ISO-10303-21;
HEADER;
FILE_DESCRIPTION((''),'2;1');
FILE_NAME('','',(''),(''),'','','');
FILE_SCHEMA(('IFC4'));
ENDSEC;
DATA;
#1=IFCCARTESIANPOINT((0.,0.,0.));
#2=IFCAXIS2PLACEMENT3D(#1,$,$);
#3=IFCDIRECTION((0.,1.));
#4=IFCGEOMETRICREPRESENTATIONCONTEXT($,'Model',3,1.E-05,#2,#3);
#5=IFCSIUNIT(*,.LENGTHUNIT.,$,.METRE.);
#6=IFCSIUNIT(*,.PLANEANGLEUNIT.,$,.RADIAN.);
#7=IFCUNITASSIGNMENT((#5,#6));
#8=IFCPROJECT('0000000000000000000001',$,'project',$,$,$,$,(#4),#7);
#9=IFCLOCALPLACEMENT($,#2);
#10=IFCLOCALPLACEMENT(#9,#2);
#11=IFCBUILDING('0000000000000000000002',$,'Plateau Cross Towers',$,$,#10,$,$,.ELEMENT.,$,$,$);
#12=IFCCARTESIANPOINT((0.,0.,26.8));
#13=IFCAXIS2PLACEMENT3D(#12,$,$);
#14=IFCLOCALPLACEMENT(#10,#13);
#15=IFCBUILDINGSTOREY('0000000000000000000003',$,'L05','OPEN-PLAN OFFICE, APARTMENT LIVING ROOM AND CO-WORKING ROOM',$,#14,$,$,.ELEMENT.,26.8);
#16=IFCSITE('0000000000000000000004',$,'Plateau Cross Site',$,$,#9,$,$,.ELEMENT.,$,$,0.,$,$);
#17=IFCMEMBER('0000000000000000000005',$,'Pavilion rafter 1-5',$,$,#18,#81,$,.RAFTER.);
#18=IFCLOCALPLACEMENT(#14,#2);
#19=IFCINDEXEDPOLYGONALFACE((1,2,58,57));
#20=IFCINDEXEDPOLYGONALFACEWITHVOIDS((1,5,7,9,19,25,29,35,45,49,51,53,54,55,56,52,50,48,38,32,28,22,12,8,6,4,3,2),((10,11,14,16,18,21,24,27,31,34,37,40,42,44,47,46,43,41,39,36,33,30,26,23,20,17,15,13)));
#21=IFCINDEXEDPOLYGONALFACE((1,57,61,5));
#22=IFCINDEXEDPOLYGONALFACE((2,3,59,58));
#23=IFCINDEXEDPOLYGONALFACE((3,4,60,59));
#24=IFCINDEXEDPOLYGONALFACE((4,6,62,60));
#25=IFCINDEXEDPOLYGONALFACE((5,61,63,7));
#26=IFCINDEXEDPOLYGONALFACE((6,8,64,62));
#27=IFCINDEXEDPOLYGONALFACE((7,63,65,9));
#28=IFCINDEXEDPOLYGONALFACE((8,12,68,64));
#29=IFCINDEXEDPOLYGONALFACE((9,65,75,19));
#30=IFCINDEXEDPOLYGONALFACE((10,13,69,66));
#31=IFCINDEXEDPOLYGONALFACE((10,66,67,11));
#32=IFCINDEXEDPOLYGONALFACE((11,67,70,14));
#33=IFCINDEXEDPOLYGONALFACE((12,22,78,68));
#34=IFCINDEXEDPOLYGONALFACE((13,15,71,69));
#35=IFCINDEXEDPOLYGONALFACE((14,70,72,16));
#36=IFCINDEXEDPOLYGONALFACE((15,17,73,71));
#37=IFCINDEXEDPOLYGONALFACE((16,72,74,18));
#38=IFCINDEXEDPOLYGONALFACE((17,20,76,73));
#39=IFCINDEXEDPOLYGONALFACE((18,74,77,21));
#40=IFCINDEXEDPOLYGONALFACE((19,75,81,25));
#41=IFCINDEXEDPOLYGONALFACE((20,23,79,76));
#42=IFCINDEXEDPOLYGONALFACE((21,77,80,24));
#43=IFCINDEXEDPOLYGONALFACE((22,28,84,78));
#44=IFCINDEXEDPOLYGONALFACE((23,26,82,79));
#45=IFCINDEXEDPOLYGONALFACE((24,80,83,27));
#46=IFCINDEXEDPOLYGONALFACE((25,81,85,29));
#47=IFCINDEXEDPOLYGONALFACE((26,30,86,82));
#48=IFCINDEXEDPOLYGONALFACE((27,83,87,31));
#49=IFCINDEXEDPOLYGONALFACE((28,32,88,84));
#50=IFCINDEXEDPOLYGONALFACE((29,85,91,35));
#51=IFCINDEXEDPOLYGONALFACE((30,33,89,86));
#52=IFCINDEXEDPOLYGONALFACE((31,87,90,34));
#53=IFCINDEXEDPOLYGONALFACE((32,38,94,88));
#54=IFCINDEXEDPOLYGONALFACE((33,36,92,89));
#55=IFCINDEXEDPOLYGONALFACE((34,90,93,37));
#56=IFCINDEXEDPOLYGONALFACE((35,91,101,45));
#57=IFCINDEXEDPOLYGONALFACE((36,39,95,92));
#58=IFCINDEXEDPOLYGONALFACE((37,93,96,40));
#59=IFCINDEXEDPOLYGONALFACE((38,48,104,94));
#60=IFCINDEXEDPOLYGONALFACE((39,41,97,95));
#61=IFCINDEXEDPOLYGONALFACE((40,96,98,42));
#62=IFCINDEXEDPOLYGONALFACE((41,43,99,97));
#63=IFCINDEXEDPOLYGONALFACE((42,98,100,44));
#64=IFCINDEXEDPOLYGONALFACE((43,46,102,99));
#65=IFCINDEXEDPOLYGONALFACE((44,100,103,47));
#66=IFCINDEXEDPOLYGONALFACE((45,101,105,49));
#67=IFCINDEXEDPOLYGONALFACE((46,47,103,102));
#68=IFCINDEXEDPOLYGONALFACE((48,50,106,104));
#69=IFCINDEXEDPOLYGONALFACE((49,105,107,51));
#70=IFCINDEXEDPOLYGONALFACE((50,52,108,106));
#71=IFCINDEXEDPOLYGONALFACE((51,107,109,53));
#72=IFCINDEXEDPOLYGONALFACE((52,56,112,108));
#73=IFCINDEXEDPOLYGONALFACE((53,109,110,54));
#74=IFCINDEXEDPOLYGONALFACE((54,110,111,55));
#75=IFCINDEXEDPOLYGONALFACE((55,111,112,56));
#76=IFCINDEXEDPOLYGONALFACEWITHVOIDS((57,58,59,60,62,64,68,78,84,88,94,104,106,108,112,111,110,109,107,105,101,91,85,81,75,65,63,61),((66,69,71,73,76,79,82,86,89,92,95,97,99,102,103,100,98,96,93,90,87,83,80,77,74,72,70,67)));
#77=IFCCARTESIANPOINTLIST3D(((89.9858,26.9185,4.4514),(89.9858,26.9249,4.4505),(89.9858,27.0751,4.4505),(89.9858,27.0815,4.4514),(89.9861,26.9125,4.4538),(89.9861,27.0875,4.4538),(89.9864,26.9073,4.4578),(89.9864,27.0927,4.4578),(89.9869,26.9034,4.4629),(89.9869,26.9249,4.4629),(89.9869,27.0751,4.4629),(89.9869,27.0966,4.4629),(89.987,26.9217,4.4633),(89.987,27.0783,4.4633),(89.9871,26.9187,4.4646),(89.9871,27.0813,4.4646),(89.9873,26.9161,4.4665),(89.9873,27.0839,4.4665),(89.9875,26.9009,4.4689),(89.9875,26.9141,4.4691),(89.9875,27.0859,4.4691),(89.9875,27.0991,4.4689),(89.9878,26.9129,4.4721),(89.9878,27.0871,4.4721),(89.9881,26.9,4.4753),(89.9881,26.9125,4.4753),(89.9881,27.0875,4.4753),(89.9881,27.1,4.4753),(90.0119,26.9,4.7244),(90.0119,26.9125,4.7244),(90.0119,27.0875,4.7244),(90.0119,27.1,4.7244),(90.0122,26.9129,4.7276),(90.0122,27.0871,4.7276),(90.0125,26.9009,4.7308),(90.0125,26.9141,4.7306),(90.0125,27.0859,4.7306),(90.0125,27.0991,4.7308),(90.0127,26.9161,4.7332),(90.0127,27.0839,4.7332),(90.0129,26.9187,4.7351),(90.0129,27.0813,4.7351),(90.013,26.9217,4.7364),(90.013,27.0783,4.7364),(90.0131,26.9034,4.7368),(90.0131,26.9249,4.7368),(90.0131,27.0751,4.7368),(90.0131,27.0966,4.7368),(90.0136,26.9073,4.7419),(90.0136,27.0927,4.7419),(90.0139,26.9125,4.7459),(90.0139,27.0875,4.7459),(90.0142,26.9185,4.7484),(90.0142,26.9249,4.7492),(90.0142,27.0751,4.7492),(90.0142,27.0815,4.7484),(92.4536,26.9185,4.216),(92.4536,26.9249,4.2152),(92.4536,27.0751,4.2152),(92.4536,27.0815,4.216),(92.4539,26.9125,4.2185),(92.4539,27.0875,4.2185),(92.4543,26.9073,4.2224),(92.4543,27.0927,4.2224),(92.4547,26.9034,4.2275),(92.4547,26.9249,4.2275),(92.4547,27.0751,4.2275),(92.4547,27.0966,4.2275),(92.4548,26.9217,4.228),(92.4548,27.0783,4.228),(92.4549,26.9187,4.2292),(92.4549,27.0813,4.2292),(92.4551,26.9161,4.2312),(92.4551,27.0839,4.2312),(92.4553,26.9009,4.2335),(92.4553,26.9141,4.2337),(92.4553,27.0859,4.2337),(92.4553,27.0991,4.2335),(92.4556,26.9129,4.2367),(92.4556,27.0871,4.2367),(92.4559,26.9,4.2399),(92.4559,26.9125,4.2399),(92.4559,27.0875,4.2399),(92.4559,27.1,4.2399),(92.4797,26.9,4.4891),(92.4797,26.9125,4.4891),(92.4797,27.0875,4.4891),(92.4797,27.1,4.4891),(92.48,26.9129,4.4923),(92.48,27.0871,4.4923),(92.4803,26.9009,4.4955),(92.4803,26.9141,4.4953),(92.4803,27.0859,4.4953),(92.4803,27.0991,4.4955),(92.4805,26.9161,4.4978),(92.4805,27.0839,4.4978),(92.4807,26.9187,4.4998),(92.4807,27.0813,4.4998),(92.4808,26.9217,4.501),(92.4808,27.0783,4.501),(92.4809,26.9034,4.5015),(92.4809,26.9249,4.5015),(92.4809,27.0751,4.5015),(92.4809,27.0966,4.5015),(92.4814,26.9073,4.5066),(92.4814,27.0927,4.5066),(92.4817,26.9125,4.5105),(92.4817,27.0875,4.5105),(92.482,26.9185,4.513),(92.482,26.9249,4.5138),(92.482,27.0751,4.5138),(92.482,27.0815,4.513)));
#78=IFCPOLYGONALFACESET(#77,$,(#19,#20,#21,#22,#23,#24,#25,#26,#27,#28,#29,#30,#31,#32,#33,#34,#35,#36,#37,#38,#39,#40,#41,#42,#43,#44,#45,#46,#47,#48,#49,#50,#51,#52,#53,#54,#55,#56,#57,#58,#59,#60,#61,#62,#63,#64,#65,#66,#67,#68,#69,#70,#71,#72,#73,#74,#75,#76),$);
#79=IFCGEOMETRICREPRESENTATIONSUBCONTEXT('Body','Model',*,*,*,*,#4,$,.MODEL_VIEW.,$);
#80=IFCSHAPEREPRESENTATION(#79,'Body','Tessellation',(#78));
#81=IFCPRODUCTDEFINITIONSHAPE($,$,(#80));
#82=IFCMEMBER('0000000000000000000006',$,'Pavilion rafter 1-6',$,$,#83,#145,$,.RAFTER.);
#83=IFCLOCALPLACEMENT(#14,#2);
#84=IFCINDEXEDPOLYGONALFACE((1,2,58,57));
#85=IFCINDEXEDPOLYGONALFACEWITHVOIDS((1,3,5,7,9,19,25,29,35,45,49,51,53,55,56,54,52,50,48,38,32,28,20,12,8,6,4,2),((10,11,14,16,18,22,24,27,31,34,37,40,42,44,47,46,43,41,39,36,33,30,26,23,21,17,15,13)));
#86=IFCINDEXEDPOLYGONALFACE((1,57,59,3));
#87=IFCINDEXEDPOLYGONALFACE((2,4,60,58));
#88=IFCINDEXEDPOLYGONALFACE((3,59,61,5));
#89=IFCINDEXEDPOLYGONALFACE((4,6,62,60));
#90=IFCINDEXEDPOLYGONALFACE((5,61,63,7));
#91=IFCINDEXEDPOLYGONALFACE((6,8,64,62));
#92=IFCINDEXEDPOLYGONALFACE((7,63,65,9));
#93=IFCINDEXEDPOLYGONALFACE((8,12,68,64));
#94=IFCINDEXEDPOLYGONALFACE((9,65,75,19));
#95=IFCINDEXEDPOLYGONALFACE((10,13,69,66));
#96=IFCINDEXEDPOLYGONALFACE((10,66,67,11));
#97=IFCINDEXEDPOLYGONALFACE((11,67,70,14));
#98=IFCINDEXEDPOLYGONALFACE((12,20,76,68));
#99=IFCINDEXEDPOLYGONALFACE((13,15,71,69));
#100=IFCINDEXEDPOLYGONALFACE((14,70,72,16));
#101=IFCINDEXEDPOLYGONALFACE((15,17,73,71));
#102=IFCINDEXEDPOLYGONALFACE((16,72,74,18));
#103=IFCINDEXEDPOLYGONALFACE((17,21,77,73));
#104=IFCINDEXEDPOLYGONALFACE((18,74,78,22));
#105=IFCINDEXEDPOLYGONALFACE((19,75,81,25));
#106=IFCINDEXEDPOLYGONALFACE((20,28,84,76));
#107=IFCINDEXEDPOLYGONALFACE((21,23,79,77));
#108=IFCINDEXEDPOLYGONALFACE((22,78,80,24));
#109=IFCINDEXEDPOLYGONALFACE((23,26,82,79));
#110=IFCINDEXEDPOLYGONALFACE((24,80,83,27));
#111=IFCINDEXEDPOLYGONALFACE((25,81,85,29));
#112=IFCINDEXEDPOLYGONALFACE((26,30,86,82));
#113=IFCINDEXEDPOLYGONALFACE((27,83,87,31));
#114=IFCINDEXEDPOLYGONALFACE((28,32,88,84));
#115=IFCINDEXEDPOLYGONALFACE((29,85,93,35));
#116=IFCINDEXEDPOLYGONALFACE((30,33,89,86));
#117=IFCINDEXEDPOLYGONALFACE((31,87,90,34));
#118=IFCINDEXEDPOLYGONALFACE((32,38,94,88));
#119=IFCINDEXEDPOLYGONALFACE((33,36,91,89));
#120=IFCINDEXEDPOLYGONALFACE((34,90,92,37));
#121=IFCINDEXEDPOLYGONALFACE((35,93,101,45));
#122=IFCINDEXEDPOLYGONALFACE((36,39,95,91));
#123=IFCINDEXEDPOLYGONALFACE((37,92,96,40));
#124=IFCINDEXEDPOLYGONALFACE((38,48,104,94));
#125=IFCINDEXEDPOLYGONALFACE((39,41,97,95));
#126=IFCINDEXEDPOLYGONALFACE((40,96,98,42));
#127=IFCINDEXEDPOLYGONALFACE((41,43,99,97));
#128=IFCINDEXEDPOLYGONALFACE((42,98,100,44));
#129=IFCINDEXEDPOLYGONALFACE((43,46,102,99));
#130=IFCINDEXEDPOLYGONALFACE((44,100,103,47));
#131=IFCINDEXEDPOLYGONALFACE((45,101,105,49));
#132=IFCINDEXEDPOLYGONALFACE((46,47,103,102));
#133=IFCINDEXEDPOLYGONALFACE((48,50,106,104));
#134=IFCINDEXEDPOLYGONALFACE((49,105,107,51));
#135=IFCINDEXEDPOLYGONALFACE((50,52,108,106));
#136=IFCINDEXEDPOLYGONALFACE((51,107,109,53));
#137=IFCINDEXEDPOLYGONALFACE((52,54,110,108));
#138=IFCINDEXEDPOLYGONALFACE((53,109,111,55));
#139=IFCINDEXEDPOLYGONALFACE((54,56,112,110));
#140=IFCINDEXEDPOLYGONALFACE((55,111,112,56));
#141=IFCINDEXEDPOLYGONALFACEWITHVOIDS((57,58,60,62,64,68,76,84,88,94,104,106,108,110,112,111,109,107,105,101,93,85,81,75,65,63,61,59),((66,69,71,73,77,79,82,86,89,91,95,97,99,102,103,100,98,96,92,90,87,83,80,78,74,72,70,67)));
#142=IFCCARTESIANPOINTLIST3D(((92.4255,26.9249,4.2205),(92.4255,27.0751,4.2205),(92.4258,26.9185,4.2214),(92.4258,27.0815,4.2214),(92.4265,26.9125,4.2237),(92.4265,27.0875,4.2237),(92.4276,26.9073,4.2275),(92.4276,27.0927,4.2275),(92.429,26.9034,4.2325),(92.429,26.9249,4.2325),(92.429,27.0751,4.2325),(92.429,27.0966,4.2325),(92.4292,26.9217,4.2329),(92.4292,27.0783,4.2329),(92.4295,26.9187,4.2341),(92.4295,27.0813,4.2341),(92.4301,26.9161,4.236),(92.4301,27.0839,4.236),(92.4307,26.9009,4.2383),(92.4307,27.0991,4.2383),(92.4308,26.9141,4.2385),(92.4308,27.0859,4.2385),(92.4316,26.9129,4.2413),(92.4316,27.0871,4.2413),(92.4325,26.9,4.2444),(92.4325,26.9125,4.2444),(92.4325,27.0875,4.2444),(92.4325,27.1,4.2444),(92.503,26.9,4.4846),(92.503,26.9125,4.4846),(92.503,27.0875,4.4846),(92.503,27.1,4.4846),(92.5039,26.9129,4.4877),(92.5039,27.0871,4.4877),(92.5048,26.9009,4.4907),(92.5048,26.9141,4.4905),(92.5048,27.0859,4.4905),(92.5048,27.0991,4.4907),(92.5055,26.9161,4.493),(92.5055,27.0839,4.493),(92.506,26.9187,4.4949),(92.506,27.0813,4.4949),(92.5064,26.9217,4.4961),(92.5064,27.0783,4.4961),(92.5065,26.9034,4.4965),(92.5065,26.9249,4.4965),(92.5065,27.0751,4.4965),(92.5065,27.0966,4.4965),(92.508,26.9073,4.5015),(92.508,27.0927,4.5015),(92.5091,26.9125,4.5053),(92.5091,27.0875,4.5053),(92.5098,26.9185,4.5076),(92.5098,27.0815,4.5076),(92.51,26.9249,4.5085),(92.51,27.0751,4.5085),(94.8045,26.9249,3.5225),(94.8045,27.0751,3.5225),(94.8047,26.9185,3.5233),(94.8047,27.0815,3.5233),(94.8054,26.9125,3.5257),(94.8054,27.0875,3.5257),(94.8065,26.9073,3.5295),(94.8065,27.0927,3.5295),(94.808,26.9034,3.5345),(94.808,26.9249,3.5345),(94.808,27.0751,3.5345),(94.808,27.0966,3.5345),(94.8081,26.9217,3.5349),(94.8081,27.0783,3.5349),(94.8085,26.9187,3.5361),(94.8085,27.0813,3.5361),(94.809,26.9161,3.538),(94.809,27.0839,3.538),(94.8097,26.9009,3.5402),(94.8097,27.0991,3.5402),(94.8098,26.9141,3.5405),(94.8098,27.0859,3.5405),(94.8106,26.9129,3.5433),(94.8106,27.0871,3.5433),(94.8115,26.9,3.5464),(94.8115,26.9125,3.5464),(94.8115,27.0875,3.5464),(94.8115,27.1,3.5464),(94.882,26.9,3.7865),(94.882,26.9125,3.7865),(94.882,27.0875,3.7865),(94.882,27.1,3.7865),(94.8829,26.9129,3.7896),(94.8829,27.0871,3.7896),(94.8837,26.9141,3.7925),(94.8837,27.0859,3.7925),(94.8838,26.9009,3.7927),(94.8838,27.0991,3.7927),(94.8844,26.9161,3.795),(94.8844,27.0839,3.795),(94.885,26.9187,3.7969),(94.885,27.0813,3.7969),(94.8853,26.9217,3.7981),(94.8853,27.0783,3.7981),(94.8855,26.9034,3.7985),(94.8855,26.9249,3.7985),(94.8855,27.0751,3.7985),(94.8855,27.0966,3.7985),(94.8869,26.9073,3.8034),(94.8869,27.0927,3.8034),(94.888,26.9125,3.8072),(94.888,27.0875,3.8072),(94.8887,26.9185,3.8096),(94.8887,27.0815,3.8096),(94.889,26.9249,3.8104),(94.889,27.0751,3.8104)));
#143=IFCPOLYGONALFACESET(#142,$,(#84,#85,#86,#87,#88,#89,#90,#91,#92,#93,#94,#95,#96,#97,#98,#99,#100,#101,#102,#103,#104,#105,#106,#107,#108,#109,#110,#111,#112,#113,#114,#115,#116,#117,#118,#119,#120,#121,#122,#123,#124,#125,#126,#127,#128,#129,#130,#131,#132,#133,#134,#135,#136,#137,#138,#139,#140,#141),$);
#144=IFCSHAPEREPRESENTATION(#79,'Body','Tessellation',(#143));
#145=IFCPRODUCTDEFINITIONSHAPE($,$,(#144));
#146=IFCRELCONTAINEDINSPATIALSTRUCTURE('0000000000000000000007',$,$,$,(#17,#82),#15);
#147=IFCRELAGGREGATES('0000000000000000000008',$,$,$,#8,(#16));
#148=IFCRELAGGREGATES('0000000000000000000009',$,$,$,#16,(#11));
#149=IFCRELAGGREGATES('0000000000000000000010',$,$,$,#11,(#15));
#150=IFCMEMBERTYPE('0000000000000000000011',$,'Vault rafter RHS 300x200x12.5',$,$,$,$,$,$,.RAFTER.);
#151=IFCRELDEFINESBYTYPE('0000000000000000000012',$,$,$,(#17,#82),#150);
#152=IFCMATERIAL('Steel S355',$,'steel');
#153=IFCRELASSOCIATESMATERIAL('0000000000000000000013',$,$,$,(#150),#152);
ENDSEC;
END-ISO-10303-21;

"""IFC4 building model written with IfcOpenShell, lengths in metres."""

from ifc_helpers import new_model, si_unit, direction, frame, origin, origin_2d, place, context, subcontext, project, spatial, hollow_rectangle, extrude, material, material_profile, profile_set, type_object, element, save


model = new_model("IFC4")

# Units and contexts
model_context = context("Model", 3, precision=1e-05, world=origin(), true_north=direction((0.0, 1.0)))
body_context = subcontext(model_context, "Body", "Model", "MODEL_VIEW")
ifc_project = project(units=[si_unit("LENGTHUNIT", "METRE"), si_unit("PLANEANGLEUNIT", "RADIAN")], contexts=[model_context])

# Site, building, storey
site_placement = place(None, origin())
site = spatial("IfcSite", under=ifc_project, at=site_placement, Name="Plateau Cross Site", CompositionType="ELEMENT", RefElevation=0.0)
building_placement = place(site_placement, origin())
building = spatial("IfcBuilding", under=site, at=building_placement, Name="Plateau Cross Towers", CompositionType="ELEMENT")
storey_placement = place(building_placement, frame((0.0, 0.0, 26.8)))
storey = spatial("IfcBuildingStorey", under=building, at=storey_placement, Name="L05", Description="OPEN-PLAN OFFICE, APARTMENT LIVING ROOM AND CO-WORKING ROOM", CompositionType="ELEMENT", Elevation=26.8)

# Shared definitions
ifc_material_1 = material(Name="Steel S355", Category="steel")

# Members
ifc_material_profile_1 = material_profile(ifc_material_1, hollow_rectangle(XDim=0.2, YDim=0.3, WallThickness=0.0125, InnerFilletRadius=0.0125, OuterFilletRadius=0.0249, at=origin_2d()), Name="RHS 300x200x12.5")
ifc_profile_set_1 = profile_set([ifc_material_profile_1], Name="Steel S355")
member_type = type_object("IfcMemberType", Name="Vault rafter RHS 300x200x12.5", PredefinedType="RAFTER", material=ifc_profile_set_1)
for number, where, z_axis, x_axis, name in (
    (1, (90.0, 27.0, 4.5999), (0.995483, 0.0, -0.094939), (0.0, 1.0, 0.0), "Pavilion rafter 1-5"),
):
    element("IfcMember", number, at=place(storey_placement, frame(where, z_axis=z_axis, x_axis=x_axis)), inside=storey, type_object=member_type, Name=name, PredefinedType="RAFTER", context=body_context, shape_type="SweptSolid", body=[
        extrude(hollow_rectangle(XDim=0.2, YDim=0.3, WallThickness=0.0125, InnerFilletRadius=0.0125, OuterFilletRadius=0.0249, at=origin_2d()), origin(), (0.0, 0.0, 1.0), 2.479),
    ])
member_1_placement = place(storey_placement, frame((92.4678, 27.0, 4.3645), z_axis=(0.959549, 0.0, -0.281542), x_axis=(0.0, 1.0, 0.0)))
element("IfcMember", 2, at=member_1_placement, inside=storey, type_object=member_type, Name="Pavilion rafter 1-6", PredefinedType="RAFTER", context=body_context, shape_type="SweptSolid", body=[
    extrude(hollow_rectangle(XDim=0.2, YDim=0.3, WallThickness=0.0125, InnerFilletRadius=0.0125, OuterFilletRadius=0.0249, at=origin_2d()), origin(), (0.0, 0.0, 1.0), 2.4792),
])

save(model, "model.ifc")
